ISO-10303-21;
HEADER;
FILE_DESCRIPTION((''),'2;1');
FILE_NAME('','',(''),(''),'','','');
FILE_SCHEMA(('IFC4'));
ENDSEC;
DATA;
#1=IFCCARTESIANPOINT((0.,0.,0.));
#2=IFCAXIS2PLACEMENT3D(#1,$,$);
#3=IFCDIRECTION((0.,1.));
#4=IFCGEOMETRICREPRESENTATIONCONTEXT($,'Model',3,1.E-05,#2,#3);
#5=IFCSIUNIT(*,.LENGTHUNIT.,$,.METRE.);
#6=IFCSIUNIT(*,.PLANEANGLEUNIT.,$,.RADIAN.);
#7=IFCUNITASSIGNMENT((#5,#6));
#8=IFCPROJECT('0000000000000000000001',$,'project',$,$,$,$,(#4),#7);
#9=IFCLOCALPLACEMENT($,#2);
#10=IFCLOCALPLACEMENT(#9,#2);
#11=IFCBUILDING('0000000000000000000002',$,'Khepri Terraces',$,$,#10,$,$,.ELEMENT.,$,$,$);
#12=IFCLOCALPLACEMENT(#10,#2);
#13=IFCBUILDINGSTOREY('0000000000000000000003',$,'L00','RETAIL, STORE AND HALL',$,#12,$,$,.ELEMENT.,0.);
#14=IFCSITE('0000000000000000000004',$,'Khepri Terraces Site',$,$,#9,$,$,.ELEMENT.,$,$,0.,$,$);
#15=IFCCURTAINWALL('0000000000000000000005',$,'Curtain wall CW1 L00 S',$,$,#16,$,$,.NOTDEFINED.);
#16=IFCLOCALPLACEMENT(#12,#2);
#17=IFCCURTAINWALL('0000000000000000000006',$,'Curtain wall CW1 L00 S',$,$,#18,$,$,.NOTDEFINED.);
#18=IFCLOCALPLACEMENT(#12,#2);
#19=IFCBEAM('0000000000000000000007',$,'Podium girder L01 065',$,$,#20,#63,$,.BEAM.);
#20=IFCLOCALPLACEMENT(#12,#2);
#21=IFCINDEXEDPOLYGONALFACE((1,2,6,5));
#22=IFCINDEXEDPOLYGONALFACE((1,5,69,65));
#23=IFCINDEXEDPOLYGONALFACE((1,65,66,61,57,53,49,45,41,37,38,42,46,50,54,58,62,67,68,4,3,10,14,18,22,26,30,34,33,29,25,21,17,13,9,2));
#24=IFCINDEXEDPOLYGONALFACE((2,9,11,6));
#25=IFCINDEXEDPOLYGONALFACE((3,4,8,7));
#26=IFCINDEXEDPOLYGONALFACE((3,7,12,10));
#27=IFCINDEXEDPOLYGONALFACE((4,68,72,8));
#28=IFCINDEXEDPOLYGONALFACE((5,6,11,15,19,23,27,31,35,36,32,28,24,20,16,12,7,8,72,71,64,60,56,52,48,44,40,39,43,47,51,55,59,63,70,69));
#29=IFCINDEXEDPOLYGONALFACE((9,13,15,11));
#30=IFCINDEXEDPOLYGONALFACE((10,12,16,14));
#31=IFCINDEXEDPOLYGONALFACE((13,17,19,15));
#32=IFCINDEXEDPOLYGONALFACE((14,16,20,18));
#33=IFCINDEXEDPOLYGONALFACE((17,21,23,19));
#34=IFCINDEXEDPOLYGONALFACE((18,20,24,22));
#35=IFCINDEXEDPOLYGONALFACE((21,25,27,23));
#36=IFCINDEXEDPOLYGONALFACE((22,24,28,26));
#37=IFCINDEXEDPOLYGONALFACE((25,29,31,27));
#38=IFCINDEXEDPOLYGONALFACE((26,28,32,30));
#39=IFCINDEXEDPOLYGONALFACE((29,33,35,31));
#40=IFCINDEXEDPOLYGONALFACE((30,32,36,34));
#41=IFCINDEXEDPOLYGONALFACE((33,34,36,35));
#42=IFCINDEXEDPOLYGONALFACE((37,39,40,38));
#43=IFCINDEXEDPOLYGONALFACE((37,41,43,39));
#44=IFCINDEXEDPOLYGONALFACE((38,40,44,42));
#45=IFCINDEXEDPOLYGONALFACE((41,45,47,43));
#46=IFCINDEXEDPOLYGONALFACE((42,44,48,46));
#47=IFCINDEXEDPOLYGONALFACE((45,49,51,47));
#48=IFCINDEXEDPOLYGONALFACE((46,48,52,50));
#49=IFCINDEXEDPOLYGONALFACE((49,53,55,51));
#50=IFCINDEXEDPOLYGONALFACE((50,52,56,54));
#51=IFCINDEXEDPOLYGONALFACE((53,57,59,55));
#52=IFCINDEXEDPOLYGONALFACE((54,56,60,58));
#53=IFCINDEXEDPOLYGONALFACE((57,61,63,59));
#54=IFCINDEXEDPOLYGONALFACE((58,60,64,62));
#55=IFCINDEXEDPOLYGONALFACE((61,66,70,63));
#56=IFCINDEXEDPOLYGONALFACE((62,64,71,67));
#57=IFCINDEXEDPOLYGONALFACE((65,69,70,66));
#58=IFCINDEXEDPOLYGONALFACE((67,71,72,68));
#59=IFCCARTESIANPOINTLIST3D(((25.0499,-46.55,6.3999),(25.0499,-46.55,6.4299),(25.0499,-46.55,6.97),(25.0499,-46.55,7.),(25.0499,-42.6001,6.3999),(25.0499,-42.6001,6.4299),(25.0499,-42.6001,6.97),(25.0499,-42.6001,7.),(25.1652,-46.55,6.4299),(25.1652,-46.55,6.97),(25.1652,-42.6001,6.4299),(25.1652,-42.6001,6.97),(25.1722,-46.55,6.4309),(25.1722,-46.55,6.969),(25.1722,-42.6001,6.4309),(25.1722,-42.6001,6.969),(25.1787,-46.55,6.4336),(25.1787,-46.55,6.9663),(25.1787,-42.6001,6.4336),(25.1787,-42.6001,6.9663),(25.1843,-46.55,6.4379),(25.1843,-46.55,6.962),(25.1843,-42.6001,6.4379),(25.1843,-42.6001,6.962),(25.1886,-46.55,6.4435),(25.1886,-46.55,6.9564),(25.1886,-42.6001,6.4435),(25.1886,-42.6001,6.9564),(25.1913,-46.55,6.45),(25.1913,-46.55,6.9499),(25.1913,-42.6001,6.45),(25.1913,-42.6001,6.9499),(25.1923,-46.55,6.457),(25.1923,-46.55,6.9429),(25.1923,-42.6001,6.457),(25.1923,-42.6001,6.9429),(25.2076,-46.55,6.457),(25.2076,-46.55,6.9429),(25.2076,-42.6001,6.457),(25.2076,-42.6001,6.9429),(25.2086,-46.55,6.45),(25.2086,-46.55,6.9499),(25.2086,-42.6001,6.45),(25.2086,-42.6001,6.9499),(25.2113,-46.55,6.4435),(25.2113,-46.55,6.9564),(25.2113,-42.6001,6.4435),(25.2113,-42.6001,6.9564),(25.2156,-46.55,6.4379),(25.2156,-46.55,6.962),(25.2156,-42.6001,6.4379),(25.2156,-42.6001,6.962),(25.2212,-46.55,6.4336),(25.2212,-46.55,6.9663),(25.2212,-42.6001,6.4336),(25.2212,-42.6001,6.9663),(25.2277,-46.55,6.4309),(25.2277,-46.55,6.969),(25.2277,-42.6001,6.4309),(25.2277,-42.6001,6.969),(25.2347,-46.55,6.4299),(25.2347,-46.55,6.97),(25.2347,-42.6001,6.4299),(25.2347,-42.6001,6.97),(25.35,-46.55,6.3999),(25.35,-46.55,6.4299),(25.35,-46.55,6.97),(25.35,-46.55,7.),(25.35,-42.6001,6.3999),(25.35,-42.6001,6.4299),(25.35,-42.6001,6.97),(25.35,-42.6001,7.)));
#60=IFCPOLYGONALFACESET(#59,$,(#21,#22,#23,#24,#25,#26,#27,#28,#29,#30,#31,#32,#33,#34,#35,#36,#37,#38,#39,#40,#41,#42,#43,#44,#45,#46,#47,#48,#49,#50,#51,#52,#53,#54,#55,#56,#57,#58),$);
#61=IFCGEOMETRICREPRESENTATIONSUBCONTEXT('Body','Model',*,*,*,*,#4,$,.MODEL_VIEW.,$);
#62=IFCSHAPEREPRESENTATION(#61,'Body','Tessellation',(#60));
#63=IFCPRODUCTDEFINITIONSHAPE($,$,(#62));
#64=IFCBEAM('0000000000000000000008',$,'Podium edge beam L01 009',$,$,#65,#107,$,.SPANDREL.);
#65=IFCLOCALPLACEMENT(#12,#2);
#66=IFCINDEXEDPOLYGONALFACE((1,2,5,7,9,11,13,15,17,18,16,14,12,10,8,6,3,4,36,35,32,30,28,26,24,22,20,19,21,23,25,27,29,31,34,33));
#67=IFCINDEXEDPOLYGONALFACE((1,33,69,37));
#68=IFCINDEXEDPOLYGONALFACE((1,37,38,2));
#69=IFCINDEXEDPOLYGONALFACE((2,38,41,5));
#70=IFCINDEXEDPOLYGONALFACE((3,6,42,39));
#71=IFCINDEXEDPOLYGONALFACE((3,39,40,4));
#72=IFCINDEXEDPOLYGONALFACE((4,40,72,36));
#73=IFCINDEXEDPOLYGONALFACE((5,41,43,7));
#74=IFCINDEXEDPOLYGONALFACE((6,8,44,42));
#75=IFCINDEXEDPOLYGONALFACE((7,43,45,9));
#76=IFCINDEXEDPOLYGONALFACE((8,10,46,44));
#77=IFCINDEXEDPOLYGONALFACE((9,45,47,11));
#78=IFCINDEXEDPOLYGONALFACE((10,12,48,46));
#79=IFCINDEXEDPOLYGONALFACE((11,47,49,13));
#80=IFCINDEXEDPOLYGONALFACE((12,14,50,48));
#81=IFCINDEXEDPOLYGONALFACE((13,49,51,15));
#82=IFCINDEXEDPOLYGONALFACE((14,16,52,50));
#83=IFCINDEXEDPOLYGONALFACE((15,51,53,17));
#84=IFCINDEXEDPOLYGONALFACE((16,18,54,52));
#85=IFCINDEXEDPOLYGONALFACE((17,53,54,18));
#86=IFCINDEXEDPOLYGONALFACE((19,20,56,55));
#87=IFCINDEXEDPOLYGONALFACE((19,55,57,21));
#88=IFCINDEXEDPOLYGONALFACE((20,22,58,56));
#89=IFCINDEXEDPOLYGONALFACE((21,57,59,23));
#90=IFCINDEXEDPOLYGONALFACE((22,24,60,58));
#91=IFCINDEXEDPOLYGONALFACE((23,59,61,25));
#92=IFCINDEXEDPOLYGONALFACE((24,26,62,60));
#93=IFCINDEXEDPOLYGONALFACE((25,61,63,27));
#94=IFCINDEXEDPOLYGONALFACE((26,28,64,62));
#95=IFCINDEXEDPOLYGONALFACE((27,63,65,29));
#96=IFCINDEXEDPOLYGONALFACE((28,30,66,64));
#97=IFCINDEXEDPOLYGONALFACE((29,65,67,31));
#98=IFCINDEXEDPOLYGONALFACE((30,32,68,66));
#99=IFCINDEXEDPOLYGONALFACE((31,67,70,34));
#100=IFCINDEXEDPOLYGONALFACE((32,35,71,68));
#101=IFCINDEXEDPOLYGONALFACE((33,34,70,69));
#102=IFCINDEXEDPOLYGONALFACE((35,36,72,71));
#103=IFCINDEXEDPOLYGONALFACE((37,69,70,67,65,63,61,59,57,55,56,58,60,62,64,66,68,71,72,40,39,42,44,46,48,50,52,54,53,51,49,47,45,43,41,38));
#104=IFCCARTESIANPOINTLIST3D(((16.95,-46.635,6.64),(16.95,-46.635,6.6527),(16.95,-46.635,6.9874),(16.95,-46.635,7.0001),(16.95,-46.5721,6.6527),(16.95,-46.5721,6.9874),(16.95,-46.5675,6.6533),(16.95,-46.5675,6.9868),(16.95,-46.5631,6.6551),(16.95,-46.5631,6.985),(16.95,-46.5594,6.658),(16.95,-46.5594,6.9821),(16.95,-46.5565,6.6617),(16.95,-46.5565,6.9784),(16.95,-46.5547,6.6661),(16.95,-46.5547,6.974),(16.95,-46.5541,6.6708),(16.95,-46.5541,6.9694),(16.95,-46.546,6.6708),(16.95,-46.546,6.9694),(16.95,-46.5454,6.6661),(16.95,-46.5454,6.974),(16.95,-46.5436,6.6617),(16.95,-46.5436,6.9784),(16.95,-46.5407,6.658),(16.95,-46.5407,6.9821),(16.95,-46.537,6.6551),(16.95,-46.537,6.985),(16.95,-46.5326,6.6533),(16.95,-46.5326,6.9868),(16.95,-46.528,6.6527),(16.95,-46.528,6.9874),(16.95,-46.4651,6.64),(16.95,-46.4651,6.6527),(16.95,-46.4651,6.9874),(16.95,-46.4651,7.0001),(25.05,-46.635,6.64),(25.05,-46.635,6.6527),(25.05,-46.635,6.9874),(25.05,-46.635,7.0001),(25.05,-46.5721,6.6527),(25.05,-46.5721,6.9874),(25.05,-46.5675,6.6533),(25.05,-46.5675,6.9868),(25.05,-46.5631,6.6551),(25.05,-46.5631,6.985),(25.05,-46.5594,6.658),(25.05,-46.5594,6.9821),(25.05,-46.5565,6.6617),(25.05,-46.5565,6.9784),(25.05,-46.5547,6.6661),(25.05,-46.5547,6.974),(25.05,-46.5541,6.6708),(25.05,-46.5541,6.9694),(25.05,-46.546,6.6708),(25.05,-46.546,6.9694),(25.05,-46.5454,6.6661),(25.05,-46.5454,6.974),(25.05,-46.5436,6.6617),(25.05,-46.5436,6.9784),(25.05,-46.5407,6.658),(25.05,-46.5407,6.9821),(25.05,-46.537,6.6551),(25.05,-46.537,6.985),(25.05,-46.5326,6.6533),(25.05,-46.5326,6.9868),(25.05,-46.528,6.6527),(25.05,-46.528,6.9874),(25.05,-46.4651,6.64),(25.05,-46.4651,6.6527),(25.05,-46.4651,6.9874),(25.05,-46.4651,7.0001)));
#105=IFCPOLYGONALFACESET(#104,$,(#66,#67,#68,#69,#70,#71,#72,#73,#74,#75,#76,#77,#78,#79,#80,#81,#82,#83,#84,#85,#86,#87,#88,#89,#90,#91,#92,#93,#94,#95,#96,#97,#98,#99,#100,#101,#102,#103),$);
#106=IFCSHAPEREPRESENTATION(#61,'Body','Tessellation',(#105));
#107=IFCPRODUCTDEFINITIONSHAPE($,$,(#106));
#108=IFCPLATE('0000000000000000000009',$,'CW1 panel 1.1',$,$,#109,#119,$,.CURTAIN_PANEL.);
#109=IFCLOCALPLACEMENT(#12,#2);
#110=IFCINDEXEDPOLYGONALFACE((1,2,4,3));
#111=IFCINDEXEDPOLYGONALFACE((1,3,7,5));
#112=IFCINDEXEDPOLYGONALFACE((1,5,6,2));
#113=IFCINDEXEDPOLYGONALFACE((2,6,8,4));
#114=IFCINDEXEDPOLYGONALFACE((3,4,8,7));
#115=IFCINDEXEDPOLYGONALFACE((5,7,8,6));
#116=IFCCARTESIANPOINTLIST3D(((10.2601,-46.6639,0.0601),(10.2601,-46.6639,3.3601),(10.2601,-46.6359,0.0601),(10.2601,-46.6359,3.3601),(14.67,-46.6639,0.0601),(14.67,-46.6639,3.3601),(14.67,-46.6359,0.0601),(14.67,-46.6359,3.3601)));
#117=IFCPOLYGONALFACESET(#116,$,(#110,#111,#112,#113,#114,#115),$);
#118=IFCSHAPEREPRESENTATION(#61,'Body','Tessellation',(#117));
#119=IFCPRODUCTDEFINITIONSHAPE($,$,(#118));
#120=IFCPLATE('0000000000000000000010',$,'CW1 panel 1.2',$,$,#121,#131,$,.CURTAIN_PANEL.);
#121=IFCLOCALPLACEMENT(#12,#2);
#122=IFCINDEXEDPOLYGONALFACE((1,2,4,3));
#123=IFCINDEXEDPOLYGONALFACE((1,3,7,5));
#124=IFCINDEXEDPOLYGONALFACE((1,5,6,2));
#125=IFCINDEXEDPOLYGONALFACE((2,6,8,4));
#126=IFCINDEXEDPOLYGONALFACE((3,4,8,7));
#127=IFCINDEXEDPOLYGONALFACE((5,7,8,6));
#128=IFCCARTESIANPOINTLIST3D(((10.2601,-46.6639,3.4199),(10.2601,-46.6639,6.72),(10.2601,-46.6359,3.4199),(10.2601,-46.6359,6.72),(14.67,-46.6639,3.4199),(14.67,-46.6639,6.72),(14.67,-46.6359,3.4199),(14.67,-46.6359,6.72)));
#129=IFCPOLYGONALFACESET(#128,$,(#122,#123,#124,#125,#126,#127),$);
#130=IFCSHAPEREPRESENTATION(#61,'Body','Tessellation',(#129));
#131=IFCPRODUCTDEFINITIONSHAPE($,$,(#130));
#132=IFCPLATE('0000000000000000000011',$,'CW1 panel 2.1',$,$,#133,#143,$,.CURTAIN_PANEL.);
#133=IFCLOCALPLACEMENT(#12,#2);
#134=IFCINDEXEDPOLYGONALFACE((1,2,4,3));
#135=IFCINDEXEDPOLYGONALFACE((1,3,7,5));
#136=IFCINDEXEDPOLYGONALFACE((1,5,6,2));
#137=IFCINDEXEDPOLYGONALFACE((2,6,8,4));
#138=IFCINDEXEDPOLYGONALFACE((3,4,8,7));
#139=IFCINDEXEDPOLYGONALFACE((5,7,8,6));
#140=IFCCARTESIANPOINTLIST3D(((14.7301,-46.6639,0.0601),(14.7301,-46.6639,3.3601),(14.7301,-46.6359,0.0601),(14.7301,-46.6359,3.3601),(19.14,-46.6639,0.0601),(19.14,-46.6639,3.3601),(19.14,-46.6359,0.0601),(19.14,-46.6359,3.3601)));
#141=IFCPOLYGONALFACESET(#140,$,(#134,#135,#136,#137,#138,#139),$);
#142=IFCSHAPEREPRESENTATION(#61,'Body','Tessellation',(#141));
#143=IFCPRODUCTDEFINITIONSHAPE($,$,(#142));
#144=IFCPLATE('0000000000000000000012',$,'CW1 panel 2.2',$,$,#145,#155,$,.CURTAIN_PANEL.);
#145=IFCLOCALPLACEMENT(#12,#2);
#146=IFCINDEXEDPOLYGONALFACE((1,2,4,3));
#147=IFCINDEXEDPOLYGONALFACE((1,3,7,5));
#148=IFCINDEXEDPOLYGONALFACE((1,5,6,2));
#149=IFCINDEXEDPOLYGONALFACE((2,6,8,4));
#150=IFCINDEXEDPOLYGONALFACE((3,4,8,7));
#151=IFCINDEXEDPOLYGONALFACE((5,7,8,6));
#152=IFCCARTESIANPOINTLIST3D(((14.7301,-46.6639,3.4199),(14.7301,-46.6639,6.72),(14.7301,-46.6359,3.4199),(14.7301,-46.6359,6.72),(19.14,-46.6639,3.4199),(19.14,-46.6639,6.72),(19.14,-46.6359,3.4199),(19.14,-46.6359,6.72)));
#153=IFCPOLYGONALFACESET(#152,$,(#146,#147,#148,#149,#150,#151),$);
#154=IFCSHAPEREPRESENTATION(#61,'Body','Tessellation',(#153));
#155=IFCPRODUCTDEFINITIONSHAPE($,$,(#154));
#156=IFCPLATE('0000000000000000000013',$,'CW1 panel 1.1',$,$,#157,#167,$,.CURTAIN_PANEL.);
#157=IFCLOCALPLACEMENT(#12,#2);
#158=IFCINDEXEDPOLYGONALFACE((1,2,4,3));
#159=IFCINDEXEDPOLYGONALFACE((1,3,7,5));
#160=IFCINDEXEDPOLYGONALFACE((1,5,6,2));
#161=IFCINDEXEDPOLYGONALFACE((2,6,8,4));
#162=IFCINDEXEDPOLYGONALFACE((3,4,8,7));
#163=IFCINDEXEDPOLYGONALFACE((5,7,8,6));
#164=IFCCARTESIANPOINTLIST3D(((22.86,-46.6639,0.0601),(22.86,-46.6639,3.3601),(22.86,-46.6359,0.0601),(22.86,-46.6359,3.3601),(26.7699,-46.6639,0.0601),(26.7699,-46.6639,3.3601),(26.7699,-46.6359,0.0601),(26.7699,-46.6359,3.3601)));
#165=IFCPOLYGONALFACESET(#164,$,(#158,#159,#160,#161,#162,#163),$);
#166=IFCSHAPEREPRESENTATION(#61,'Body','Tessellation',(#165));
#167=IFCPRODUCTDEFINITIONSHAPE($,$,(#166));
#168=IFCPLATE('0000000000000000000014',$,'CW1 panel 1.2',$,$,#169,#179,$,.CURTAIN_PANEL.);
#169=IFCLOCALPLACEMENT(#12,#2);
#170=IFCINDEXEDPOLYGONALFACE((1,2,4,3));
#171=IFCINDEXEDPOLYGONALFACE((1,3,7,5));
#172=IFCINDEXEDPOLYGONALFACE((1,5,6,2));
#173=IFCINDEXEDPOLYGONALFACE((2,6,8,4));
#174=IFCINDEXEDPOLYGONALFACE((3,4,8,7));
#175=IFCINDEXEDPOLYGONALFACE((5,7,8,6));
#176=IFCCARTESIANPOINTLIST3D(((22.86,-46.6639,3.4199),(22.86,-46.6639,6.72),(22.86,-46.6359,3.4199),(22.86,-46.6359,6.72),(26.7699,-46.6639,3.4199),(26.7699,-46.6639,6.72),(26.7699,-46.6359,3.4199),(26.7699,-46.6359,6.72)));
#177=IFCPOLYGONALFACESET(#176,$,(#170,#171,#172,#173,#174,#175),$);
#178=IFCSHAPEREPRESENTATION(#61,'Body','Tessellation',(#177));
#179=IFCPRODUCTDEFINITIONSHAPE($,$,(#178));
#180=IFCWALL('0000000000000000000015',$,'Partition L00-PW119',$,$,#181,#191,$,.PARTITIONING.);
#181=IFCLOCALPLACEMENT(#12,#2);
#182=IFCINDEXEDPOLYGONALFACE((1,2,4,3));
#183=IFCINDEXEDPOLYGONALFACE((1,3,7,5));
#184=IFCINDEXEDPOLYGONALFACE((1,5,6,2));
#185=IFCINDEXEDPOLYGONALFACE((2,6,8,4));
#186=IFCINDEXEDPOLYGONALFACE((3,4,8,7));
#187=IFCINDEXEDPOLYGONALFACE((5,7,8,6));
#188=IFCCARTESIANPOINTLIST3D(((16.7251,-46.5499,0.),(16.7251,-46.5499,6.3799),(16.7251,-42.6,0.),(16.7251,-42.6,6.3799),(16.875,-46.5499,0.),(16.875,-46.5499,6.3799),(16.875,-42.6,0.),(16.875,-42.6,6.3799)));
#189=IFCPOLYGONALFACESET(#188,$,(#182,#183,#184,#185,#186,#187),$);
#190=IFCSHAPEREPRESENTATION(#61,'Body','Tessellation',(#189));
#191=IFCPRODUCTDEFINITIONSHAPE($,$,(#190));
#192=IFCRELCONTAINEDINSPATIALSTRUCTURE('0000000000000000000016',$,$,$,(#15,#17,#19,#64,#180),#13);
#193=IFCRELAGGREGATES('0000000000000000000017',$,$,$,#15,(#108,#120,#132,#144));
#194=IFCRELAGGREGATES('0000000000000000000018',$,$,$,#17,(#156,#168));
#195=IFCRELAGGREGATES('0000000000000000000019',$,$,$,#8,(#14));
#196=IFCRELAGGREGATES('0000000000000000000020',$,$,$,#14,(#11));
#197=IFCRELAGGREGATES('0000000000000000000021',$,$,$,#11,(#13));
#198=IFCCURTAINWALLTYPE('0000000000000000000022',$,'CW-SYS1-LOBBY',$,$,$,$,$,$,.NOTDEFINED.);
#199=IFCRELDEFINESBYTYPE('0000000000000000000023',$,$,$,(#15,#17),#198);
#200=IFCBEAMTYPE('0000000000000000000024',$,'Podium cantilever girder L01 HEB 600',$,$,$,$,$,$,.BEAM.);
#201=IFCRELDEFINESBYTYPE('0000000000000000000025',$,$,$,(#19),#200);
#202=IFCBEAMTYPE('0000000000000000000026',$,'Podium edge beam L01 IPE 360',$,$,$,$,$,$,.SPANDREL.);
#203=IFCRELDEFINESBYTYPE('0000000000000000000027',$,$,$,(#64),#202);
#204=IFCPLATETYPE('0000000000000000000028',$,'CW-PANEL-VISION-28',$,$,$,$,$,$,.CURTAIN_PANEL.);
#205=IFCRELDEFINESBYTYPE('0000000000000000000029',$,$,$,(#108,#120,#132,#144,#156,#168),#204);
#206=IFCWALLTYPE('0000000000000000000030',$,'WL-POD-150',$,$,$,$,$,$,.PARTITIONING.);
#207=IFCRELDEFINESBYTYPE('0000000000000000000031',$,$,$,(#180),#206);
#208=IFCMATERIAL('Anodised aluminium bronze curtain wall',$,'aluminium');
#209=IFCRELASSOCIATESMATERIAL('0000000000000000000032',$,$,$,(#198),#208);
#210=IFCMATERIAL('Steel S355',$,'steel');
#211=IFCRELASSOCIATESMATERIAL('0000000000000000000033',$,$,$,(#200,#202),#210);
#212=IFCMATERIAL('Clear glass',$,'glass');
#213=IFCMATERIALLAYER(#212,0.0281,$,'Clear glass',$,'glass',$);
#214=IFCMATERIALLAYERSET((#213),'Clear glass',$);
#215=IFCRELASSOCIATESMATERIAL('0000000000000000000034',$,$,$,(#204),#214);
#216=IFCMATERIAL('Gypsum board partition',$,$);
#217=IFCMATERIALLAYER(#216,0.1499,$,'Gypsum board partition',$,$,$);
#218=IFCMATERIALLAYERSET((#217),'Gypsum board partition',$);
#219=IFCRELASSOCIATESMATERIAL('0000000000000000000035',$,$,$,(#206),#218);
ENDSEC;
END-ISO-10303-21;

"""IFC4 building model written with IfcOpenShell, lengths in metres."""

from ifc_helpers import new_model, si_unit, direction, frame, frame_2d, origin, origin_2d, place, context, subcontext, project, spatial, rectangle, i_section, extrude, material, layer, layer_set, material_profile, profile_set, type_object, element, aggregate, save


model = new_model("IFC4")

# Units and contexts
model_context = context("Model", 3, precision=1e-05, world=origin(), true_north=direction((0.0, 1.0)))
body_context = subcontext(model_context, "Body", "Model", "MODEL_VIEW")
ifc_project = project(units=[si_unit("LENGTHUNIT", "METRE"), si_unit("PLANEANGLEUNIT", "RADIAN")], contexts=[model_context])

# Site, building, storey
site_placement = place(None, origin())
site = spatial("IfcSite", under=ifc_project, at=site_placement, Name="Khepri Terraces Site", CompositionType="ELEMENT", RefElevation=0.0)
building_placement = place(site_placement, origin())
building = spatial("IfcBuilding", under=site, at=building_placement, Name="Khepri Terraces", CompositionType="ELEMENT")
storey_placement = place(building_placement, origin())
storey = spatial("IfcBuildingStorey", under=building, at=storey_placement, Name="L00", Description="RETAIL, STORE AND HALL", CompositionType="ELEMENT", Elevation=0.0)

# Curtain wall
ifc_material_1 = material(Name="Anodised aluminium bronze curtain wall", Category="aluminium")
curtain_wall_type = type_object("IfcCurtainWallType", Name="CW-SYS1-LOBBY", PredefinedType="NOTDEFINED", material=ifc_material_1)
curtain_wall_1_placement = place(storey_placement, origin())
curtain_wall_1 = element("IfcCurtainWall", 1, at=curtain_wall_1_placement, inside=storey, type_object=curtain_wall_type, Name="Curtain wall CW1 L00 S", PredefinedType="NOTDEFINED")

# Curtain wall
curtain_wall_2_placement = place(storey_placement, origin())
curtain_wall_2 = element("IfcCurtainWall", 2, at=curtain_wall_2_placement, inside=storey, type_object=curtain_wall_type, Name="Curtain wall CW1 L00 S", PredefinedType="NOTDEFINED")

# Beams
ifc_material_2 = material(Name="Steel S355", Category="steel")
ifc_material_profile_1 = material_profile(ifc_material_2, i_section(OverallWidth=0.3, OverallDepth=0.6001, WebThickness=0.0154, FlangeThickness=0.03, FilletRadius=0.0271, at=origin_2d()), Name="Steel S355", Category="steel")
ifc_profile_set_1 = profile_set([ifc_material_profile_1], Name="Steel S355")
beam_type_1 = type_object("IfcBeamType", Name="Podium cantilever girder L01 HEB 600", PredefinedType="BEAM", material=ifc_profile_set_1)
for number, where, z_axis, x_axis, name in (
    (3, (25.2, -46.55, 6.7), (0.0, 1.0, 0.0), (-1.0, 0.0, 0.0), "Podium girder L01 065"),
):
    element("IfcBeam", number, at=place(storey_placement, frame(where, z_axis=z_axis, x_axis=x_axis)), inside=storey, type_object=beam_type_1, Name=name, PredefinedType="BEAM", context=body_context, shape_type="SweptSolid", body=[
        extrude(i_section(OverallWidth=0.3, OverallDepth=0.6001, WebThickness=0.0154, FlangeThickness=0.03, FilletRadius=0.0271, at=origin_2d()), origin(), (0.0, 0.0, 1.0), 3.95),
    ])
ifc_material_profile_2 = material_profile(ifc_material_2, i_section(OverallWidth=0.1699, OverallDepth=0.3601, WebThickness=0.0081, FlangeThickness=0.0127, FilletRadius=0.0181, at=origin_2d()), Name="Steel S355", Category="steel")
ifc_profile_set_2 = profile_set([ifc_material_profile_2], Name="Steel S355")
beam_type_2 = type_object("IfcBeamType", Name="Podium edge beam L01 IPE 360", PredefinedType="SPANDREL", material=ifc_profile_set_2)
beam_placement = place(storey_placement, frame((16.95, -46.55, 6.8201), z_axis=(1.0, 0.0, 0.0), x_axis=(0.0, 1.0, 0.0)))
element("IfcBeam", 4, at=beam_placement, inside=storey, type_object=beam_type_2, Name="Podium edge beam L01 009", PredefinedType="SPANDREL", context=body_context, shape_type="SweptSolid", body=[
    extrude(i_section(OverallWidth=0.1699, OverallDepth=0.3601, WebThickness=0.0081, FlangeThickness=0.0127, FilletRadius=0.0181, at=origin_2d()), origin(), (0.0, 0.0, 1.0), 8.1001),
])

# Plates
ifc_material_3 = material(Name="Clear glass", Category="glass")
ifc_layer_1 = layer(ifc_material_3, 0.0281, Name="Clear glass", Category="glass")
ifc_layer_set_1 = layer_set([ifc_layer_1], Name="Clear glass")
plate_type = type_object("IfcPlateType", Name="CW-PANEL-VISION-28", PredefinedType="CURTAIN_PANEL", material=ifc_layer_set_1)
plate_1_placement = place(storey_placement, frame((12.4651, -46.6499, 0.0601), z_axis=(0.0, 0.0, 1.0), x_axis=(1.0, 0.0, 0.0)))
plate_1 = element("IfcPlate", 5, at=plate_1_placement, type_object=plate_type, Name="CW1 panel 1.1", PredefinedType="CURTAIN_PANEL", context=body_context, shape_type="SweptSolid", body=[
    extrude(rectangle(XDim=4.4099, YDim=0.0281, at=origin_2d()), origin(), (0.0, 0.0, 1.0), 3.3),
])
plate_2_placement = place(storey_placement, frame((12.4651, -46.6499, 3.4199), z_axis=(0.0, 0.0, 1.0), x_axis=(1.0, 0.0, 0.0)))
plate_2 = element("IfcPlate", 6, at=plate_2_placement, type_object=plate_type, Name="CW1 panel 1.2", PredefinedType="CURTAIN_PANEL", context=body_context, shape_type="SweptSolid", body=[
    extrude(rectangle(XDim=4.4099, YDim=0.0281, at=origin_2d()), origin(), (0.0, 0.0, 1.0), 3.3),
])
plate_3_placement = place(storey_placement, frame((16.9351, -46.6499, 0.0601), z_axis=(0.0, 0.0, 1.0), x_axis=(1.0, 0.0, 0.0)))
plate_3 = element("IfcPlate", 7, at=plate_3_placement, type_object=plate_type, Name="CW1 panel 2.1", PredefinedType="CURTAIN_PANEL", context=body_context, shape_type="SweptSolid", body=[
    extrude(rectangle(XDim=4.4099, YDim=0.0281, at=origin_2d()), origin(), (0.0, 0.0, 1.0), 3.3),
])
plate_4_placement = place(storey_placement, frame((16.9351, -46.6499, 3.4199), z_axis=(0.0, 0.0, 1.0), x_axis=(1.0, 0.0, 0.0)))
plate_4 = element("IfcPlate", 8, at=plate_4_placement, type_object=plate_type, Name="CW1 panel 2.2", PredefinedType="CURTAIN_PANEL", context=body_context, shape_type="SweptSolid", body=[
    extrude(rectangle(XDim=4.4099, YDim=0.0281, at=origin_2d()), origin(), (0.0, 0.0, 1.0), 3.3),
])
aggregate(curtain_wall_1, [plate_1, plate_2, plate_3, plate_4])
plate_5_placement = place(storey_placement, frame((24.8149, -46.6499, 0.0601), z_axis=(0.0, 0.0, 1.0), x_axis=(1.0, 0.0, 0.0)))
plate_5 = element("IfcPlate", 9, at=plate_5_placement, type_object=plate_type, Name="CW1 panel 1.1", PredefinedType="CURTAIN_PANEL", context=body_context, shape_type="SweptSolid", body=[
    extrude(rectangle(XDim=3.9099, YDim=0.0281, at=origin_2d()), origin(), (0.0, 0.0, 1.0), 3.3),
])
plate_6_placement = place(storey_placement, frame((24.8149, -46.6499, 3.4199), z_axis=(0.0, 0.0, 1.0), x_axis=(1.0, 0.0, 0.0)))
plate_6 = element("IfcPlate", 10, at=plate_6_placement, type_object=plate_type, Name="CW1 panel 1.2", PredefinedType="CURTAIN_PANEL", context=body_context, shape_type="SweptSolid", body=[
    extrude(rectangle(XDim=3.9099, YDim=0.0281, at=origin_2d()), origin(), (0.0, 0.0, 1.0), 3.3),
])
aggregate(curtain_wall_2, [plate_5, plate_6])

# Wall
ifc_material_4 = material(Name="Gypsum board partition")
ifc_layer_2 = layer(ifc_material_4, 0.1499, Name="Gypsum board partition")
ifc_layer_set_2 = layer_set([ifc_layer_2], Name="Gypsum board partition")
wall_type_1 = type_object("IfcWallType", Name="WL-POD-150", PredefinedType="PARTITIONING", material=ifc_layer_set_2)
for number, where, z_axis, x_axis, name in (
    (11, (16.8, -46.55, 0.0), (0.0, 0.0, 1.0), (0.0, 1.0, 0.0), "Partition L00-PW119"),
):
    element("IfcWall", number, at=place(storey_placement, frame(where, z_axis=z_axis, x_axis=x_axis)), inside=storey, type_object=wall_type_1, Name=name, PredefinedType="PARTITIONING", context=body_context, shape_type="SweptSolid", body=[
        extrude(rectangle(XDim=3.95, YDim=0.1499, at=frame_2d((1.9751, 0.0))), origin(), (0.0, 0.0, 1.0), 6.3799),
    ])

save(model, "model.ifc")
